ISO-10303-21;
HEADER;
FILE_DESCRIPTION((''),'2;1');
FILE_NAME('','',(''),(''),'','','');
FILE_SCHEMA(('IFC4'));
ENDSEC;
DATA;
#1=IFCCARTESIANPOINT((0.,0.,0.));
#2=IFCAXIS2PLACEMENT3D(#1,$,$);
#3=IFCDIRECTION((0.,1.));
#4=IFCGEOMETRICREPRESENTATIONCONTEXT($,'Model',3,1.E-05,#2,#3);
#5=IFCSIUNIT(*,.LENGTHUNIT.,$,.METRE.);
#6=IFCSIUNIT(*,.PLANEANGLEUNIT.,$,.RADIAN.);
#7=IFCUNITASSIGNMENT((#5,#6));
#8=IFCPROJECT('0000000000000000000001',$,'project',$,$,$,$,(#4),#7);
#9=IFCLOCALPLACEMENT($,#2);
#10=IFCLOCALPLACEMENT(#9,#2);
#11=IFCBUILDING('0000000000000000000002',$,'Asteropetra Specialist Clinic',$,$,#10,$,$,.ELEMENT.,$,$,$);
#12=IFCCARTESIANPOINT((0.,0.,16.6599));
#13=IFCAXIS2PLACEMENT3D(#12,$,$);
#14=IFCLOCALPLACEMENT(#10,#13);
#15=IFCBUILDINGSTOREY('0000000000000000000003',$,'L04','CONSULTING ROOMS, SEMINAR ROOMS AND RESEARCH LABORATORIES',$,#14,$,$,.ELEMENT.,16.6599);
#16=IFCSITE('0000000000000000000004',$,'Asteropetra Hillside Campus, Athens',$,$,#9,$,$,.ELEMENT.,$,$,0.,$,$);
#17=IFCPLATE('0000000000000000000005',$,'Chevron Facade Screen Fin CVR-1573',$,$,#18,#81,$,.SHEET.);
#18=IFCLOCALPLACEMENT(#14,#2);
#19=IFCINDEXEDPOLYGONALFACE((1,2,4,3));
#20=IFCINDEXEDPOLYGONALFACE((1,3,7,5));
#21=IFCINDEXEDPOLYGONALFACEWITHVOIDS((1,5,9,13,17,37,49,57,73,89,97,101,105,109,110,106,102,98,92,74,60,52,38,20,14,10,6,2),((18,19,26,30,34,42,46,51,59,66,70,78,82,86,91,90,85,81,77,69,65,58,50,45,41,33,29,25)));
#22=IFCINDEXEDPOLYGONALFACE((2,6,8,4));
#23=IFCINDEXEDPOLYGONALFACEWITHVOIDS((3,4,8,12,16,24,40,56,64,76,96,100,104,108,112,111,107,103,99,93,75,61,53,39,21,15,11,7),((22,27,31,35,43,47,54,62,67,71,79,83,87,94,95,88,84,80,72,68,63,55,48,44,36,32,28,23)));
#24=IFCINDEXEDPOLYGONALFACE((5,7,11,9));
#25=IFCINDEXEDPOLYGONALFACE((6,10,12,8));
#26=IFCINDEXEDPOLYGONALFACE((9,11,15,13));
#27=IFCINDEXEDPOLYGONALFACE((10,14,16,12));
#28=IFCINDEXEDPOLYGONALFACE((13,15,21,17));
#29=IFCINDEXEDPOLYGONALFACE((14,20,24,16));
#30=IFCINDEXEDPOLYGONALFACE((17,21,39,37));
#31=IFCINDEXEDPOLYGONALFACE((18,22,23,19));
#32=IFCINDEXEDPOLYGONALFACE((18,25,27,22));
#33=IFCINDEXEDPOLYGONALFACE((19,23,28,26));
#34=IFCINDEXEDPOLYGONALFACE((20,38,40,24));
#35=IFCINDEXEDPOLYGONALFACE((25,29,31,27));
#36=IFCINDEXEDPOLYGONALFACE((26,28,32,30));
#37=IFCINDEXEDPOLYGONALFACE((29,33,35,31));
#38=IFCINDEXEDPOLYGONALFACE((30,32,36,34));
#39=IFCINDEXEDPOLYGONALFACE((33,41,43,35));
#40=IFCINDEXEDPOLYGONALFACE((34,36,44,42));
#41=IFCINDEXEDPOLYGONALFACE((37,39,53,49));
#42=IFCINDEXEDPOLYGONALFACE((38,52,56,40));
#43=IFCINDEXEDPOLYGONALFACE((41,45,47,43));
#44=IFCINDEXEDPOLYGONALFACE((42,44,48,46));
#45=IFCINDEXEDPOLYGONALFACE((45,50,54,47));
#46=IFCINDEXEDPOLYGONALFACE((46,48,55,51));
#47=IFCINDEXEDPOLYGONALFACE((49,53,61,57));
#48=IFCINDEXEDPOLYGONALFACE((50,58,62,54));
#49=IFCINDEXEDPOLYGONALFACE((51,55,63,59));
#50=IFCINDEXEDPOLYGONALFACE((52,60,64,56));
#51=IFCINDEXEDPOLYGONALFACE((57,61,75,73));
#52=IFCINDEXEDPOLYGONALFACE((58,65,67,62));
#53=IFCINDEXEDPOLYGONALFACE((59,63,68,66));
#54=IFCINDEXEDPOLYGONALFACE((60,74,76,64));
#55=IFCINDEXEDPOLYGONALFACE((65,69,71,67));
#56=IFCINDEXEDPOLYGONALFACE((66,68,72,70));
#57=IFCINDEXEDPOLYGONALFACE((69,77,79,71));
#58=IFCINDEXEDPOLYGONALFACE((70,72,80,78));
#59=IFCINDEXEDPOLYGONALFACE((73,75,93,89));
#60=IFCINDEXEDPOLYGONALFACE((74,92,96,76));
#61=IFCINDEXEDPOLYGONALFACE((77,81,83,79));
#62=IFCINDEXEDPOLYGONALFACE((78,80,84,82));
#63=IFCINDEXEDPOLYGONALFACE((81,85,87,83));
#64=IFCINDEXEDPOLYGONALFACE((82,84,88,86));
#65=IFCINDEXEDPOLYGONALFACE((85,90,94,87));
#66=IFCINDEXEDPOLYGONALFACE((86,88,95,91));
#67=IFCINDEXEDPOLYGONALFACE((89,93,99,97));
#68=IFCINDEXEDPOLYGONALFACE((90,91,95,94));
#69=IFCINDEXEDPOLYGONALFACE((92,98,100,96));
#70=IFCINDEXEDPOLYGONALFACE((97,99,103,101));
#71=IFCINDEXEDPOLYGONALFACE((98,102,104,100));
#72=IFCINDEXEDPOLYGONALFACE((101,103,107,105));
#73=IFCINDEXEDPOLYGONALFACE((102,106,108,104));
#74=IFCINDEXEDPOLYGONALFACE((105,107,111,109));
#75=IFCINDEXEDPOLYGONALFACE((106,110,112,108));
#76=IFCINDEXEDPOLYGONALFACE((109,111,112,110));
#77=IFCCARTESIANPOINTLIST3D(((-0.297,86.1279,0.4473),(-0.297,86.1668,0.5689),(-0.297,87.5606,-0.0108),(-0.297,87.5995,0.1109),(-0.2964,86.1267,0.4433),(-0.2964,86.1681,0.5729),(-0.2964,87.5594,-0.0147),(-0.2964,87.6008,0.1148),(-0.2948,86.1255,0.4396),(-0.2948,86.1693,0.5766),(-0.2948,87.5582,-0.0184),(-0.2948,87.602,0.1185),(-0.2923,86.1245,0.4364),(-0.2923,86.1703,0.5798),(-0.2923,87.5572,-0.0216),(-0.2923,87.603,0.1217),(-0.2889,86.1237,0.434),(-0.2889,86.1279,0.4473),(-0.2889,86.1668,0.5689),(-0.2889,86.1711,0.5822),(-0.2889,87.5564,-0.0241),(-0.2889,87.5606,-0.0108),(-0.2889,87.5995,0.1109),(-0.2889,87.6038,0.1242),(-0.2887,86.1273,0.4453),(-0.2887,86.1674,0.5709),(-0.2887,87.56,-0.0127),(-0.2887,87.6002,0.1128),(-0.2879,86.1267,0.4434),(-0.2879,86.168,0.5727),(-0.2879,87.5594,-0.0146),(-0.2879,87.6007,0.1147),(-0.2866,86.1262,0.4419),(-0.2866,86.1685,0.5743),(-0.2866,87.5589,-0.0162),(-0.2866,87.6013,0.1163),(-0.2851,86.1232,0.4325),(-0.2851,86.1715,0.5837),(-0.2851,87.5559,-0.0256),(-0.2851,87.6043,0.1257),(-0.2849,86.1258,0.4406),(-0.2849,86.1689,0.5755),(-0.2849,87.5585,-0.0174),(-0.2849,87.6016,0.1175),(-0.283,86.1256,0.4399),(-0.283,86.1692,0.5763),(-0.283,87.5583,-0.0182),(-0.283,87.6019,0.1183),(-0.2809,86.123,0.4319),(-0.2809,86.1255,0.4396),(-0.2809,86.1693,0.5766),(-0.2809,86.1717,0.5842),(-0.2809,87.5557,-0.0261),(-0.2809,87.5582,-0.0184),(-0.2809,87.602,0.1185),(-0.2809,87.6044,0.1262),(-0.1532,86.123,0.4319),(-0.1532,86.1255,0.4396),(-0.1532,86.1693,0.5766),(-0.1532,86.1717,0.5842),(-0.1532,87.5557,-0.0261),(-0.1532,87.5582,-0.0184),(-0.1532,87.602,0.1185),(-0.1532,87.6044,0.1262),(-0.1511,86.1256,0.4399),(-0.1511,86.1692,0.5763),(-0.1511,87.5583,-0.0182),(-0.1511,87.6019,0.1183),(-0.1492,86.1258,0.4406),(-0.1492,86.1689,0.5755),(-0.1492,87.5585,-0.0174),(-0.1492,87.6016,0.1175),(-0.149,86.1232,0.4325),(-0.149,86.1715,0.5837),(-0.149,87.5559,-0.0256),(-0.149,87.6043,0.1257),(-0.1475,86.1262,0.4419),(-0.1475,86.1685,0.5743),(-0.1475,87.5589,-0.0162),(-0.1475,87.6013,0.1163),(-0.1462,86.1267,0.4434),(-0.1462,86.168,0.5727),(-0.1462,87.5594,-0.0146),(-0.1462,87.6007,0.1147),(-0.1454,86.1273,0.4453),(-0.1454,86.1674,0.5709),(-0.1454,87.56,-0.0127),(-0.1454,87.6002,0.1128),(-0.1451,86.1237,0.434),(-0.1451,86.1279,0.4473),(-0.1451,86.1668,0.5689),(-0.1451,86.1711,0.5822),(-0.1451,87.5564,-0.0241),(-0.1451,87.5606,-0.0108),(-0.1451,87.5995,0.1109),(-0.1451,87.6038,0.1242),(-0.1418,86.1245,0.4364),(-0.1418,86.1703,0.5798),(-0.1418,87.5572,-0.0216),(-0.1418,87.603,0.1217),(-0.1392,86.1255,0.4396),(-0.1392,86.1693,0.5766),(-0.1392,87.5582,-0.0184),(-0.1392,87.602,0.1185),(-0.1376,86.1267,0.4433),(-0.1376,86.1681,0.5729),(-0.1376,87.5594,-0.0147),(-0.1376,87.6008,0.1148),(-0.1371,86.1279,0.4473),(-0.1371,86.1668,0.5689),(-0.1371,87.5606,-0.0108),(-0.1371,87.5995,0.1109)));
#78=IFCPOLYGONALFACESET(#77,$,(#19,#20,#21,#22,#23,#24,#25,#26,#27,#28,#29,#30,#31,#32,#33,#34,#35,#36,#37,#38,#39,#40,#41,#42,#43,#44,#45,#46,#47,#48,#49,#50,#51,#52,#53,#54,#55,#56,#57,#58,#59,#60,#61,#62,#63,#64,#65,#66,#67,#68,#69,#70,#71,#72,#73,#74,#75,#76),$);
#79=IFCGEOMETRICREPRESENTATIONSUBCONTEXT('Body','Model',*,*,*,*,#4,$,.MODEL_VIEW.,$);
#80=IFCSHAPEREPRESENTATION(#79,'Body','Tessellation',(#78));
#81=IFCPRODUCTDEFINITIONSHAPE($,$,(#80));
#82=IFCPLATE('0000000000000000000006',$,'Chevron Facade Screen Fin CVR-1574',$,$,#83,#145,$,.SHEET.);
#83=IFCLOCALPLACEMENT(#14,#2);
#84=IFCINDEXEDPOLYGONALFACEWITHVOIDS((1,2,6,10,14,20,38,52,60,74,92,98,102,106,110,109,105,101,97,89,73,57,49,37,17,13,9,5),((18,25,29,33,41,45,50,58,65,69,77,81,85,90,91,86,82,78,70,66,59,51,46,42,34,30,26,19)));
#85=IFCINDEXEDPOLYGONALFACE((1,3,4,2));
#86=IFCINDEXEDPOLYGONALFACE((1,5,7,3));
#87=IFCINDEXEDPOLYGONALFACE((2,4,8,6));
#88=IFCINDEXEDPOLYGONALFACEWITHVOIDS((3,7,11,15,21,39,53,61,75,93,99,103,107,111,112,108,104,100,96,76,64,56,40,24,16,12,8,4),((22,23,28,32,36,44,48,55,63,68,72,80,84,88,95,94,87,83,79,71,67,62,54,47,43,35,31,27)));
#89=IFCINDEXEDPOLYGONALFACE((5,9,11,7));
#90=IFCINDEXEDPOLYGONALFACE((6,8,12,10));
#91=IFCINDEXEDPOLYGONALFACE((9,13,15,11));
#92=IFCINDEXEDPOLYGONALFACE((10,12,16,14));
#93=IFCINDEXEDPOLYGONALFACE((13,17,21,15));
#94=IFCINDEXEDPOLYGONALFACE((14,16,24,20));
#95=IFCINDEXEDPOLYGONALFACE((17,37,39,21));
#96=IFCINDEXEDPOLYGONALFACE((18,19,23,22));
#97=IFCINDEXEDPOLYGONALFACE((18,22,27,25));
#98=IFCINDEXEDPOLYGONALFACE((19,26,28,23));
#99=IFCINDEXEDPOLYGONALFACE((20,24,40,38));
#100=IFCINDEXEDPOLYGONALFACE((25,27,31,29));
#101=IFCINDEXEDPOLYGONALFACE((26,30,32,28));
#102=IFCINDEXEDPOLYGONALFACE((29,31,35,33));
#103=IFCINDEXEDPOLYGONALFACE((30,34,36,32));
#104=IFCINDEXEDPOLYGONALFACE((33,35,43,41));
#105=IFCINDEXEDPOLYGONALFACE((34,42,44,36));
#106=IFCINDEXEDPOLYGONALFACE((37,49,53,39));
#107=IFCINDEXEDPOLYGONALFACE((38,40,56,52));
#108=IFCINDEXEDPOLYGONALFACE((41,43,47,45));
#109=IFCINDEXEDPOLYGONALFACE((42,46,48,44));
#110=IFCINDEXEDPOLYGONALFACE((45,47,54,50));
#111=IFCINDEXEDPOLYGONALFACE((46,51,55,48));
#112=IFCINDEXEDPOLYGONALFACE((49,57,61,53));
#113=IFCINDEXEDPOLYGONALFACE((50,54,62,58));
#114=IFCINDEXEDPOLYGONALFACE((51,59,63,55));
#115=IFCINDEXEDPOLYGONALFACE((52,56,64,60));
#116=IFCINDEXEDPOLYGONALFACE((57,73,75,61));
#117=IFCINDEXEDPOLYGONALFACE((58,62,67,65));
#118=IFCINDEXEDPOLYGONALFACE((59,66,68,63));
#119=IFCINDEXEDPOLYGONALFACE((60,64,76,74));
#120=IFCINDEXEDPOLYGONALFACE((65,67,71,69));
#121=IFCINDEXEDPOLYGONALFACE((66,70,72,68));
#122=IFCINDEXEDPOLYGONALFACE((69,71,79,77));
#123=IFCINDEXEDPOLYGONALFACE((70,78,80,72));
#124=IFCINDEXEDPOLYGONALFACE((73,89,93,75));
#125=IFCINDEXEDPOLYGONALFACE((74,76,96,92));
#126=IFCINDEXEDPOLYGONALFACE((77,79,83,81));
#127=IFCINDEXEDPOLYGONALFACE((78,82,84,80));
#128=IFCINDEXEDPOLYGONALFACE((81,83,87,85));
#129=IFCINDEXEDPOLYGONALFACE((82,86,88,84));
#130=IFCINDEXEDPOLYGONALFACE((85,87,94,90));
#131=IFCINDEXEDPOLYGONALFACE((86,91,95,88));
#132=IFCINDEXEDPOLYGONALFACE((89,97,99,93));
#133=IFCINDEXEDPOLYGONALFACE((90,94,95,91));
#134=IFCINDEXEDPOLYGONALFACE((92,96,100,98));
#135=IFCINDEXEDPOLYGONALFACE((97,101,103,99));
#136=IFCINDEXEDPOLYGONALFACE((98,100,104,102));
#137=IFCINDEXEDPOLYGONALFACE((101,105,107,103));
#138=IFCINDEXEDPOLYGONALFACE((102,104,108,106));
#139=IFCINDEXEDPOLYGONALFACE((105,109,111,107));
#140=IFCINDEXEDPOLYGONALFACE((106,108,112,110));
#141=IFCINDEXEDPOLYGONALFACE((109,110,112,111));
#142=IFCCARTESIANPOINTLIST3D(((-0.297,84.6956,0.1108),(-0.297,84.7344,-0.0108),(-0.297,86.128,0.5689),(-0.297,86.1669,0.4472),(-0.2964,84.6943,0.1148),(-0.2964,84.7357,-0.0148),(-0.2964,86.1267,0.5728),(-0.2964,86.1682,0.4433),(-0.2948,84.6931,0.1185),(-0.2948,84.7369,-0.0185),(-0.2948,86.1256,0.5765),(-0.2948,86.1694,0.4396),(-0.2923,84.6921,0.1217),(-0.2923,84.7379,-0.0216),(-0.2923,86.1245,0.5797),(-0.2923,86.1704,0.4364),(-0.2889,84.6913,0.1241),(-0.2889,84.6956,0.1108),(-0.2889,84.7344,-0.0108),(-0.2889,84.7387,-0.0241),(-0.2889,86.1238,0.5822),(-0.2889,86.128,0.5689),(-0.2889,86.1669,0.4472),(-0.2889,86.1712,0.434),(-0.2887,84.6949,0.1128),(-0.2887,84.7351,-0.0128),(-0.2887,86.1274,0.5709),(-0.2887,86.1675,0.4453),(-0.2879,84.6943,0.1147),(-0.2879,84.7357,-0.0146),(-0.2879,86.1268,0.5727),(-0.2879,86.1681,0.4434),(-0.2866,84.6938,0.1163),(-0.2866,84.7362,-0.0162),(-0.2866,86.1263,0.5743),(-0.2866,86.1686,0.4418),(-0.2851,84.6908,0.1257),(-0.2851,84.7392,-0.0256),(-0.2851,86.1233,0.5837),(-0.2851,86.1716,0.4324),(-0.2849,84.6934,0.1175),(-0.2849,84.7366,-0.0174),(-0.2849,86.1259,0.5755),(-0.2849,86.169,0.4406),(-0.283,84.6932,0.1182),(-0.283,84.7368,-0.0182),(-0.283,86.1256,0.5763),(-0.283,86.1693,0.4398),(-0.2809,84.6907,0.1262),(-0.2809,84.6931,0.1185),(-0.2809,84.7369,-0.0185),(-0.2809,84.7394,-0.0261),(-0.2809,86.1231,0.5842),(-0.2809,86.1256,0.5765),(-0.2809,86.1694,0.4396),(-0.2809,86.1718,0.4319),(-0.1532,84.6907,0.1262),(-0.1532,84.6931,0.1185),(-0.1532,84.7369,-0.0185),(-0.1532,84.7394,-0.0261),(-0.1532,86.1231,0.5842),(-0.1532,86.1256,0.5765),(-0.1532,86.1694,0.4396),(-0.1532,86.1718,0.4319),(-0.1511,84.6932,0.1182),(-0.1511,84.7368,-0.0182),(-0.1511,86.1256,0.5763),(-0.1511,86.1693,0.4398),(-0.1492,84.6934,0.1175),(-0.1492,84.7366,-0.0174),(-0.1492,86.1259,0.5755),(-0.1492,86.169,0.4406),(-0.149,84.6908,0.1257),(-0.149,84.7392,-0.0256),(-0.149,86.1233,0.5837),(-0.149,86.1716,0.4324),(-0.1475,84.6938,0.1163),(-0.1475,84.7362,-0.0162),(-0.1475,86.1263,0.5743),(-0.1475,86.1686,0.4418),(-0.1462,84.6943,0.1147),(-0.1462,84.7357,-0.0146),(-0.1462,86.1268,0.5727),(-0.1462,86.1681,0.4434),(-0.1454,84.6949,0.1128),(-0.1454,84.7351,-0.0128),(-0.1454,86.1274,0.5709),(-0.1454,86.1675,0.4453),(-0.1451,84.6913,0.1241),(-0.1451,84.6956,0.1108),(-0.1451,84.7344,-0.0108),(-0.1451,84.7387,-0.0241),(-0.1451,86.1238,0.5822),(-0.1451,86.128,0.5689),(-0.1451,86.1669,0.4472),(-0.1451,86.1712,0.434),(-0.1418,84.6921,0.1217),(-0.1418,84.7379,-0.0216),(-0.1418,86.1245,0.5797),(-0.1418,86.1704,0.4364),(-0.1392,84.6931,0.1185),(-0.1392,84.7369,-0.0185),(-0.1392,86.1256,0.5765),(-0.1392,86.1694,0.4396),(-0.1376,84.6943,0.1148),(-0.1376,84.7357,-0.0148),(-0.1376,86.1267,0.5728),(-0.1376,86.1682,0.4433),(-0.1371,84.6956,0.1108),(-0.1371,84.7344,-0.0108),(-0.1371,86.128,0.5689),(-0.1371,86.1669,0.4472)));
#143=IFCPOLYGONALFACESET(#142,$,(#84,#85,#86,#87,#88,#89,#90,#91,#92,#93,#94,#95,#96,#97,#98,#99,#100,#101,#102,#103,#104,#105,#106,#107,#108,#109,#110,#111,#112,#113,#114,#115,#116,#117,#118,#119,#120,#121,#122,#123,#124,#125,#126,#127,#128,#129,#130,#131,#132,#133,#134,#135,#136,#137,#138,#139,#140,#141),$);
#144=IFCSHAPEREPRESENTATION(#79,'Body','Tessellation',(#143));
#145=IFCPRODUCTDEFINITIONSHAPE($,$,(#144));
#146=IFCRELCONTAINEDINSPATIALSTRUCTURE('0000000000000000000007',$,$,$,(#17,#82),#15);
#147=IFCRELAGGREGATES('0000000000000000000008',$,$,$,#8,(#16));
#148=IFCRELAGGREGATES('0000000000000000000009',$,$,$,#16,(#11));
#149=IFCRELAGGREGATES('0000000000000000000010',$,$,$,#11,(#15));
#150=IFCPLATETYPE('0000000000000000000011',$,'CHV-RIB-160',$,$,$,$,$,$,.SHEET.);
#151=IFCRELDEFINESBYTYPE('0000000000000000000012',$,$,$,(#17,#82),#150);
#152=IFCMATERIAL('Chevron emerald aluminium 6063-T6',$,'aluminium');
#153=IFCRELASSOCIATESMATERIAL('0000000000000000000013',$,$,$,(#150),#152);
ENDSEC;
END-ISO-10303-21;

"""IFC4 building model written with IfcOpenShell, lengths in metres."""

from ifc_helpers import new_model, si_unit, direction, frame, origin, origin_2d, place, context, subcontext, project, spatial, hollow_rectangle, extrude, material, material_profile, profile_set, type_object, element, save


model = new_model("IFC4")

# Units and contexts
model_context = context("Model", 3, precision=1e-05, world=origin(), true_north=direction((0.0, 1.0)))
body_context = subcontext(model_context, "Body", "Model", "MODEL_VIEW")
ifc_project = project(units=[si_unit("LENGTHUNIT", "METRE"), si_unit("PLANEANGLEUNIT", "RADIAN")], contexts=[model_context])

# Site, building, storey
site_placement = place(None, origin())
site = spatial("IfcSite", under=ifc_project, at=site_placement, Name="Asteropetra Hillside Campus, Athens", CompositionType="ELEMENT", RefElevation=0.0)
building_placement = place(site_placement, origin())
building = spatial("IfcBuilding", under=site, at=building_placement, Name="Asteropetra Specialist Clinic", CompositionType="ELEMENT")
storey_placement = place(building_placement, frame((0.0, 0.0, 16.6599)))
storey = spatial("IfcBuildingStorey", under=building, at=storey_placement, Name="L04", Description="CONSULTING ROOMS, SEMINAR ROOMS AND RESEARCH LABORATORIES", CompositionType="ELEMENT", Elevation=16.6599)

# Plates
ifc_material_1 = material(Name="Chevron emerald aluminium 6063-T6", Category="aluminium")
ifc_material_profile_1 = material_profile(ifc_material_1, hollow_rectangle(XDim=0.1599, YDim=0.1599, WallThickness=0.0081, InnerFilletRadius=0.0081, OuterFilletRadius=0.0161, at=origin_2d()), Name="SHS 160x160x8.0")
ifc_profile_set_1 = profile_set([ifc_material_profile_1], Name="Chevron emerald aluminium 6063-T6")
plate_type_1 = type_object("IfcPlateType", Name="CHV-RIB-160", PredefinedType="SHEET", material=ifc_profile_set_1)
plate_1_placement = place(storey_placement, frame((-0.217, 87.5801, 0.05), z_axis=(0.0, -0.952507, 0.304517), x_axis=(1.0, 0.0, 0.0)))
element("IfcPlate", 1, at=plate_1_placement, inside=storey, type_object=plate_type_1, Name="Chevron Facade Screen Fin CVR-1573", PredefinedType="SHEET", context=body_context, shape_type="SweptSolid", body=[
    extrude(hollow_rectangle(XDim=0.1599, YDim=0.1599, WallThickness=0.0081, InnerFilletRadius=0.0081, OuterFilletRadius=0.0161, at=origin_2d()), origin(), (0.0, 0.0, 1.0), 1.5042),
])
plate_2_placement = place(storey_placement, frame((-0.217, 86.1475, 0.5081), z_axis=(0.0, -0.952492, -0.304564), x_axis=(1.0, 0.0, 0.0)))
element("IfcPlate", 2, at=plate_2_placement, inside=storey, type_object=plate_type_1, Name="Chevron Facade Screen Fin CVR-1574", PredefinedType="SHEET", context=body_context, shape_type="SweptSolid", body=[
    extrude(hollow_rectangle(XDim=0.1599, YDim=0.1599, WallThickness=0.0081, InnerFilletRadius=0.0081, OuterFilletRadius=0.0161, at=origin_2d()), origin(), (0.0, 0.0, 1.0), 1.5039),
])

save(model, "model.ifc")
